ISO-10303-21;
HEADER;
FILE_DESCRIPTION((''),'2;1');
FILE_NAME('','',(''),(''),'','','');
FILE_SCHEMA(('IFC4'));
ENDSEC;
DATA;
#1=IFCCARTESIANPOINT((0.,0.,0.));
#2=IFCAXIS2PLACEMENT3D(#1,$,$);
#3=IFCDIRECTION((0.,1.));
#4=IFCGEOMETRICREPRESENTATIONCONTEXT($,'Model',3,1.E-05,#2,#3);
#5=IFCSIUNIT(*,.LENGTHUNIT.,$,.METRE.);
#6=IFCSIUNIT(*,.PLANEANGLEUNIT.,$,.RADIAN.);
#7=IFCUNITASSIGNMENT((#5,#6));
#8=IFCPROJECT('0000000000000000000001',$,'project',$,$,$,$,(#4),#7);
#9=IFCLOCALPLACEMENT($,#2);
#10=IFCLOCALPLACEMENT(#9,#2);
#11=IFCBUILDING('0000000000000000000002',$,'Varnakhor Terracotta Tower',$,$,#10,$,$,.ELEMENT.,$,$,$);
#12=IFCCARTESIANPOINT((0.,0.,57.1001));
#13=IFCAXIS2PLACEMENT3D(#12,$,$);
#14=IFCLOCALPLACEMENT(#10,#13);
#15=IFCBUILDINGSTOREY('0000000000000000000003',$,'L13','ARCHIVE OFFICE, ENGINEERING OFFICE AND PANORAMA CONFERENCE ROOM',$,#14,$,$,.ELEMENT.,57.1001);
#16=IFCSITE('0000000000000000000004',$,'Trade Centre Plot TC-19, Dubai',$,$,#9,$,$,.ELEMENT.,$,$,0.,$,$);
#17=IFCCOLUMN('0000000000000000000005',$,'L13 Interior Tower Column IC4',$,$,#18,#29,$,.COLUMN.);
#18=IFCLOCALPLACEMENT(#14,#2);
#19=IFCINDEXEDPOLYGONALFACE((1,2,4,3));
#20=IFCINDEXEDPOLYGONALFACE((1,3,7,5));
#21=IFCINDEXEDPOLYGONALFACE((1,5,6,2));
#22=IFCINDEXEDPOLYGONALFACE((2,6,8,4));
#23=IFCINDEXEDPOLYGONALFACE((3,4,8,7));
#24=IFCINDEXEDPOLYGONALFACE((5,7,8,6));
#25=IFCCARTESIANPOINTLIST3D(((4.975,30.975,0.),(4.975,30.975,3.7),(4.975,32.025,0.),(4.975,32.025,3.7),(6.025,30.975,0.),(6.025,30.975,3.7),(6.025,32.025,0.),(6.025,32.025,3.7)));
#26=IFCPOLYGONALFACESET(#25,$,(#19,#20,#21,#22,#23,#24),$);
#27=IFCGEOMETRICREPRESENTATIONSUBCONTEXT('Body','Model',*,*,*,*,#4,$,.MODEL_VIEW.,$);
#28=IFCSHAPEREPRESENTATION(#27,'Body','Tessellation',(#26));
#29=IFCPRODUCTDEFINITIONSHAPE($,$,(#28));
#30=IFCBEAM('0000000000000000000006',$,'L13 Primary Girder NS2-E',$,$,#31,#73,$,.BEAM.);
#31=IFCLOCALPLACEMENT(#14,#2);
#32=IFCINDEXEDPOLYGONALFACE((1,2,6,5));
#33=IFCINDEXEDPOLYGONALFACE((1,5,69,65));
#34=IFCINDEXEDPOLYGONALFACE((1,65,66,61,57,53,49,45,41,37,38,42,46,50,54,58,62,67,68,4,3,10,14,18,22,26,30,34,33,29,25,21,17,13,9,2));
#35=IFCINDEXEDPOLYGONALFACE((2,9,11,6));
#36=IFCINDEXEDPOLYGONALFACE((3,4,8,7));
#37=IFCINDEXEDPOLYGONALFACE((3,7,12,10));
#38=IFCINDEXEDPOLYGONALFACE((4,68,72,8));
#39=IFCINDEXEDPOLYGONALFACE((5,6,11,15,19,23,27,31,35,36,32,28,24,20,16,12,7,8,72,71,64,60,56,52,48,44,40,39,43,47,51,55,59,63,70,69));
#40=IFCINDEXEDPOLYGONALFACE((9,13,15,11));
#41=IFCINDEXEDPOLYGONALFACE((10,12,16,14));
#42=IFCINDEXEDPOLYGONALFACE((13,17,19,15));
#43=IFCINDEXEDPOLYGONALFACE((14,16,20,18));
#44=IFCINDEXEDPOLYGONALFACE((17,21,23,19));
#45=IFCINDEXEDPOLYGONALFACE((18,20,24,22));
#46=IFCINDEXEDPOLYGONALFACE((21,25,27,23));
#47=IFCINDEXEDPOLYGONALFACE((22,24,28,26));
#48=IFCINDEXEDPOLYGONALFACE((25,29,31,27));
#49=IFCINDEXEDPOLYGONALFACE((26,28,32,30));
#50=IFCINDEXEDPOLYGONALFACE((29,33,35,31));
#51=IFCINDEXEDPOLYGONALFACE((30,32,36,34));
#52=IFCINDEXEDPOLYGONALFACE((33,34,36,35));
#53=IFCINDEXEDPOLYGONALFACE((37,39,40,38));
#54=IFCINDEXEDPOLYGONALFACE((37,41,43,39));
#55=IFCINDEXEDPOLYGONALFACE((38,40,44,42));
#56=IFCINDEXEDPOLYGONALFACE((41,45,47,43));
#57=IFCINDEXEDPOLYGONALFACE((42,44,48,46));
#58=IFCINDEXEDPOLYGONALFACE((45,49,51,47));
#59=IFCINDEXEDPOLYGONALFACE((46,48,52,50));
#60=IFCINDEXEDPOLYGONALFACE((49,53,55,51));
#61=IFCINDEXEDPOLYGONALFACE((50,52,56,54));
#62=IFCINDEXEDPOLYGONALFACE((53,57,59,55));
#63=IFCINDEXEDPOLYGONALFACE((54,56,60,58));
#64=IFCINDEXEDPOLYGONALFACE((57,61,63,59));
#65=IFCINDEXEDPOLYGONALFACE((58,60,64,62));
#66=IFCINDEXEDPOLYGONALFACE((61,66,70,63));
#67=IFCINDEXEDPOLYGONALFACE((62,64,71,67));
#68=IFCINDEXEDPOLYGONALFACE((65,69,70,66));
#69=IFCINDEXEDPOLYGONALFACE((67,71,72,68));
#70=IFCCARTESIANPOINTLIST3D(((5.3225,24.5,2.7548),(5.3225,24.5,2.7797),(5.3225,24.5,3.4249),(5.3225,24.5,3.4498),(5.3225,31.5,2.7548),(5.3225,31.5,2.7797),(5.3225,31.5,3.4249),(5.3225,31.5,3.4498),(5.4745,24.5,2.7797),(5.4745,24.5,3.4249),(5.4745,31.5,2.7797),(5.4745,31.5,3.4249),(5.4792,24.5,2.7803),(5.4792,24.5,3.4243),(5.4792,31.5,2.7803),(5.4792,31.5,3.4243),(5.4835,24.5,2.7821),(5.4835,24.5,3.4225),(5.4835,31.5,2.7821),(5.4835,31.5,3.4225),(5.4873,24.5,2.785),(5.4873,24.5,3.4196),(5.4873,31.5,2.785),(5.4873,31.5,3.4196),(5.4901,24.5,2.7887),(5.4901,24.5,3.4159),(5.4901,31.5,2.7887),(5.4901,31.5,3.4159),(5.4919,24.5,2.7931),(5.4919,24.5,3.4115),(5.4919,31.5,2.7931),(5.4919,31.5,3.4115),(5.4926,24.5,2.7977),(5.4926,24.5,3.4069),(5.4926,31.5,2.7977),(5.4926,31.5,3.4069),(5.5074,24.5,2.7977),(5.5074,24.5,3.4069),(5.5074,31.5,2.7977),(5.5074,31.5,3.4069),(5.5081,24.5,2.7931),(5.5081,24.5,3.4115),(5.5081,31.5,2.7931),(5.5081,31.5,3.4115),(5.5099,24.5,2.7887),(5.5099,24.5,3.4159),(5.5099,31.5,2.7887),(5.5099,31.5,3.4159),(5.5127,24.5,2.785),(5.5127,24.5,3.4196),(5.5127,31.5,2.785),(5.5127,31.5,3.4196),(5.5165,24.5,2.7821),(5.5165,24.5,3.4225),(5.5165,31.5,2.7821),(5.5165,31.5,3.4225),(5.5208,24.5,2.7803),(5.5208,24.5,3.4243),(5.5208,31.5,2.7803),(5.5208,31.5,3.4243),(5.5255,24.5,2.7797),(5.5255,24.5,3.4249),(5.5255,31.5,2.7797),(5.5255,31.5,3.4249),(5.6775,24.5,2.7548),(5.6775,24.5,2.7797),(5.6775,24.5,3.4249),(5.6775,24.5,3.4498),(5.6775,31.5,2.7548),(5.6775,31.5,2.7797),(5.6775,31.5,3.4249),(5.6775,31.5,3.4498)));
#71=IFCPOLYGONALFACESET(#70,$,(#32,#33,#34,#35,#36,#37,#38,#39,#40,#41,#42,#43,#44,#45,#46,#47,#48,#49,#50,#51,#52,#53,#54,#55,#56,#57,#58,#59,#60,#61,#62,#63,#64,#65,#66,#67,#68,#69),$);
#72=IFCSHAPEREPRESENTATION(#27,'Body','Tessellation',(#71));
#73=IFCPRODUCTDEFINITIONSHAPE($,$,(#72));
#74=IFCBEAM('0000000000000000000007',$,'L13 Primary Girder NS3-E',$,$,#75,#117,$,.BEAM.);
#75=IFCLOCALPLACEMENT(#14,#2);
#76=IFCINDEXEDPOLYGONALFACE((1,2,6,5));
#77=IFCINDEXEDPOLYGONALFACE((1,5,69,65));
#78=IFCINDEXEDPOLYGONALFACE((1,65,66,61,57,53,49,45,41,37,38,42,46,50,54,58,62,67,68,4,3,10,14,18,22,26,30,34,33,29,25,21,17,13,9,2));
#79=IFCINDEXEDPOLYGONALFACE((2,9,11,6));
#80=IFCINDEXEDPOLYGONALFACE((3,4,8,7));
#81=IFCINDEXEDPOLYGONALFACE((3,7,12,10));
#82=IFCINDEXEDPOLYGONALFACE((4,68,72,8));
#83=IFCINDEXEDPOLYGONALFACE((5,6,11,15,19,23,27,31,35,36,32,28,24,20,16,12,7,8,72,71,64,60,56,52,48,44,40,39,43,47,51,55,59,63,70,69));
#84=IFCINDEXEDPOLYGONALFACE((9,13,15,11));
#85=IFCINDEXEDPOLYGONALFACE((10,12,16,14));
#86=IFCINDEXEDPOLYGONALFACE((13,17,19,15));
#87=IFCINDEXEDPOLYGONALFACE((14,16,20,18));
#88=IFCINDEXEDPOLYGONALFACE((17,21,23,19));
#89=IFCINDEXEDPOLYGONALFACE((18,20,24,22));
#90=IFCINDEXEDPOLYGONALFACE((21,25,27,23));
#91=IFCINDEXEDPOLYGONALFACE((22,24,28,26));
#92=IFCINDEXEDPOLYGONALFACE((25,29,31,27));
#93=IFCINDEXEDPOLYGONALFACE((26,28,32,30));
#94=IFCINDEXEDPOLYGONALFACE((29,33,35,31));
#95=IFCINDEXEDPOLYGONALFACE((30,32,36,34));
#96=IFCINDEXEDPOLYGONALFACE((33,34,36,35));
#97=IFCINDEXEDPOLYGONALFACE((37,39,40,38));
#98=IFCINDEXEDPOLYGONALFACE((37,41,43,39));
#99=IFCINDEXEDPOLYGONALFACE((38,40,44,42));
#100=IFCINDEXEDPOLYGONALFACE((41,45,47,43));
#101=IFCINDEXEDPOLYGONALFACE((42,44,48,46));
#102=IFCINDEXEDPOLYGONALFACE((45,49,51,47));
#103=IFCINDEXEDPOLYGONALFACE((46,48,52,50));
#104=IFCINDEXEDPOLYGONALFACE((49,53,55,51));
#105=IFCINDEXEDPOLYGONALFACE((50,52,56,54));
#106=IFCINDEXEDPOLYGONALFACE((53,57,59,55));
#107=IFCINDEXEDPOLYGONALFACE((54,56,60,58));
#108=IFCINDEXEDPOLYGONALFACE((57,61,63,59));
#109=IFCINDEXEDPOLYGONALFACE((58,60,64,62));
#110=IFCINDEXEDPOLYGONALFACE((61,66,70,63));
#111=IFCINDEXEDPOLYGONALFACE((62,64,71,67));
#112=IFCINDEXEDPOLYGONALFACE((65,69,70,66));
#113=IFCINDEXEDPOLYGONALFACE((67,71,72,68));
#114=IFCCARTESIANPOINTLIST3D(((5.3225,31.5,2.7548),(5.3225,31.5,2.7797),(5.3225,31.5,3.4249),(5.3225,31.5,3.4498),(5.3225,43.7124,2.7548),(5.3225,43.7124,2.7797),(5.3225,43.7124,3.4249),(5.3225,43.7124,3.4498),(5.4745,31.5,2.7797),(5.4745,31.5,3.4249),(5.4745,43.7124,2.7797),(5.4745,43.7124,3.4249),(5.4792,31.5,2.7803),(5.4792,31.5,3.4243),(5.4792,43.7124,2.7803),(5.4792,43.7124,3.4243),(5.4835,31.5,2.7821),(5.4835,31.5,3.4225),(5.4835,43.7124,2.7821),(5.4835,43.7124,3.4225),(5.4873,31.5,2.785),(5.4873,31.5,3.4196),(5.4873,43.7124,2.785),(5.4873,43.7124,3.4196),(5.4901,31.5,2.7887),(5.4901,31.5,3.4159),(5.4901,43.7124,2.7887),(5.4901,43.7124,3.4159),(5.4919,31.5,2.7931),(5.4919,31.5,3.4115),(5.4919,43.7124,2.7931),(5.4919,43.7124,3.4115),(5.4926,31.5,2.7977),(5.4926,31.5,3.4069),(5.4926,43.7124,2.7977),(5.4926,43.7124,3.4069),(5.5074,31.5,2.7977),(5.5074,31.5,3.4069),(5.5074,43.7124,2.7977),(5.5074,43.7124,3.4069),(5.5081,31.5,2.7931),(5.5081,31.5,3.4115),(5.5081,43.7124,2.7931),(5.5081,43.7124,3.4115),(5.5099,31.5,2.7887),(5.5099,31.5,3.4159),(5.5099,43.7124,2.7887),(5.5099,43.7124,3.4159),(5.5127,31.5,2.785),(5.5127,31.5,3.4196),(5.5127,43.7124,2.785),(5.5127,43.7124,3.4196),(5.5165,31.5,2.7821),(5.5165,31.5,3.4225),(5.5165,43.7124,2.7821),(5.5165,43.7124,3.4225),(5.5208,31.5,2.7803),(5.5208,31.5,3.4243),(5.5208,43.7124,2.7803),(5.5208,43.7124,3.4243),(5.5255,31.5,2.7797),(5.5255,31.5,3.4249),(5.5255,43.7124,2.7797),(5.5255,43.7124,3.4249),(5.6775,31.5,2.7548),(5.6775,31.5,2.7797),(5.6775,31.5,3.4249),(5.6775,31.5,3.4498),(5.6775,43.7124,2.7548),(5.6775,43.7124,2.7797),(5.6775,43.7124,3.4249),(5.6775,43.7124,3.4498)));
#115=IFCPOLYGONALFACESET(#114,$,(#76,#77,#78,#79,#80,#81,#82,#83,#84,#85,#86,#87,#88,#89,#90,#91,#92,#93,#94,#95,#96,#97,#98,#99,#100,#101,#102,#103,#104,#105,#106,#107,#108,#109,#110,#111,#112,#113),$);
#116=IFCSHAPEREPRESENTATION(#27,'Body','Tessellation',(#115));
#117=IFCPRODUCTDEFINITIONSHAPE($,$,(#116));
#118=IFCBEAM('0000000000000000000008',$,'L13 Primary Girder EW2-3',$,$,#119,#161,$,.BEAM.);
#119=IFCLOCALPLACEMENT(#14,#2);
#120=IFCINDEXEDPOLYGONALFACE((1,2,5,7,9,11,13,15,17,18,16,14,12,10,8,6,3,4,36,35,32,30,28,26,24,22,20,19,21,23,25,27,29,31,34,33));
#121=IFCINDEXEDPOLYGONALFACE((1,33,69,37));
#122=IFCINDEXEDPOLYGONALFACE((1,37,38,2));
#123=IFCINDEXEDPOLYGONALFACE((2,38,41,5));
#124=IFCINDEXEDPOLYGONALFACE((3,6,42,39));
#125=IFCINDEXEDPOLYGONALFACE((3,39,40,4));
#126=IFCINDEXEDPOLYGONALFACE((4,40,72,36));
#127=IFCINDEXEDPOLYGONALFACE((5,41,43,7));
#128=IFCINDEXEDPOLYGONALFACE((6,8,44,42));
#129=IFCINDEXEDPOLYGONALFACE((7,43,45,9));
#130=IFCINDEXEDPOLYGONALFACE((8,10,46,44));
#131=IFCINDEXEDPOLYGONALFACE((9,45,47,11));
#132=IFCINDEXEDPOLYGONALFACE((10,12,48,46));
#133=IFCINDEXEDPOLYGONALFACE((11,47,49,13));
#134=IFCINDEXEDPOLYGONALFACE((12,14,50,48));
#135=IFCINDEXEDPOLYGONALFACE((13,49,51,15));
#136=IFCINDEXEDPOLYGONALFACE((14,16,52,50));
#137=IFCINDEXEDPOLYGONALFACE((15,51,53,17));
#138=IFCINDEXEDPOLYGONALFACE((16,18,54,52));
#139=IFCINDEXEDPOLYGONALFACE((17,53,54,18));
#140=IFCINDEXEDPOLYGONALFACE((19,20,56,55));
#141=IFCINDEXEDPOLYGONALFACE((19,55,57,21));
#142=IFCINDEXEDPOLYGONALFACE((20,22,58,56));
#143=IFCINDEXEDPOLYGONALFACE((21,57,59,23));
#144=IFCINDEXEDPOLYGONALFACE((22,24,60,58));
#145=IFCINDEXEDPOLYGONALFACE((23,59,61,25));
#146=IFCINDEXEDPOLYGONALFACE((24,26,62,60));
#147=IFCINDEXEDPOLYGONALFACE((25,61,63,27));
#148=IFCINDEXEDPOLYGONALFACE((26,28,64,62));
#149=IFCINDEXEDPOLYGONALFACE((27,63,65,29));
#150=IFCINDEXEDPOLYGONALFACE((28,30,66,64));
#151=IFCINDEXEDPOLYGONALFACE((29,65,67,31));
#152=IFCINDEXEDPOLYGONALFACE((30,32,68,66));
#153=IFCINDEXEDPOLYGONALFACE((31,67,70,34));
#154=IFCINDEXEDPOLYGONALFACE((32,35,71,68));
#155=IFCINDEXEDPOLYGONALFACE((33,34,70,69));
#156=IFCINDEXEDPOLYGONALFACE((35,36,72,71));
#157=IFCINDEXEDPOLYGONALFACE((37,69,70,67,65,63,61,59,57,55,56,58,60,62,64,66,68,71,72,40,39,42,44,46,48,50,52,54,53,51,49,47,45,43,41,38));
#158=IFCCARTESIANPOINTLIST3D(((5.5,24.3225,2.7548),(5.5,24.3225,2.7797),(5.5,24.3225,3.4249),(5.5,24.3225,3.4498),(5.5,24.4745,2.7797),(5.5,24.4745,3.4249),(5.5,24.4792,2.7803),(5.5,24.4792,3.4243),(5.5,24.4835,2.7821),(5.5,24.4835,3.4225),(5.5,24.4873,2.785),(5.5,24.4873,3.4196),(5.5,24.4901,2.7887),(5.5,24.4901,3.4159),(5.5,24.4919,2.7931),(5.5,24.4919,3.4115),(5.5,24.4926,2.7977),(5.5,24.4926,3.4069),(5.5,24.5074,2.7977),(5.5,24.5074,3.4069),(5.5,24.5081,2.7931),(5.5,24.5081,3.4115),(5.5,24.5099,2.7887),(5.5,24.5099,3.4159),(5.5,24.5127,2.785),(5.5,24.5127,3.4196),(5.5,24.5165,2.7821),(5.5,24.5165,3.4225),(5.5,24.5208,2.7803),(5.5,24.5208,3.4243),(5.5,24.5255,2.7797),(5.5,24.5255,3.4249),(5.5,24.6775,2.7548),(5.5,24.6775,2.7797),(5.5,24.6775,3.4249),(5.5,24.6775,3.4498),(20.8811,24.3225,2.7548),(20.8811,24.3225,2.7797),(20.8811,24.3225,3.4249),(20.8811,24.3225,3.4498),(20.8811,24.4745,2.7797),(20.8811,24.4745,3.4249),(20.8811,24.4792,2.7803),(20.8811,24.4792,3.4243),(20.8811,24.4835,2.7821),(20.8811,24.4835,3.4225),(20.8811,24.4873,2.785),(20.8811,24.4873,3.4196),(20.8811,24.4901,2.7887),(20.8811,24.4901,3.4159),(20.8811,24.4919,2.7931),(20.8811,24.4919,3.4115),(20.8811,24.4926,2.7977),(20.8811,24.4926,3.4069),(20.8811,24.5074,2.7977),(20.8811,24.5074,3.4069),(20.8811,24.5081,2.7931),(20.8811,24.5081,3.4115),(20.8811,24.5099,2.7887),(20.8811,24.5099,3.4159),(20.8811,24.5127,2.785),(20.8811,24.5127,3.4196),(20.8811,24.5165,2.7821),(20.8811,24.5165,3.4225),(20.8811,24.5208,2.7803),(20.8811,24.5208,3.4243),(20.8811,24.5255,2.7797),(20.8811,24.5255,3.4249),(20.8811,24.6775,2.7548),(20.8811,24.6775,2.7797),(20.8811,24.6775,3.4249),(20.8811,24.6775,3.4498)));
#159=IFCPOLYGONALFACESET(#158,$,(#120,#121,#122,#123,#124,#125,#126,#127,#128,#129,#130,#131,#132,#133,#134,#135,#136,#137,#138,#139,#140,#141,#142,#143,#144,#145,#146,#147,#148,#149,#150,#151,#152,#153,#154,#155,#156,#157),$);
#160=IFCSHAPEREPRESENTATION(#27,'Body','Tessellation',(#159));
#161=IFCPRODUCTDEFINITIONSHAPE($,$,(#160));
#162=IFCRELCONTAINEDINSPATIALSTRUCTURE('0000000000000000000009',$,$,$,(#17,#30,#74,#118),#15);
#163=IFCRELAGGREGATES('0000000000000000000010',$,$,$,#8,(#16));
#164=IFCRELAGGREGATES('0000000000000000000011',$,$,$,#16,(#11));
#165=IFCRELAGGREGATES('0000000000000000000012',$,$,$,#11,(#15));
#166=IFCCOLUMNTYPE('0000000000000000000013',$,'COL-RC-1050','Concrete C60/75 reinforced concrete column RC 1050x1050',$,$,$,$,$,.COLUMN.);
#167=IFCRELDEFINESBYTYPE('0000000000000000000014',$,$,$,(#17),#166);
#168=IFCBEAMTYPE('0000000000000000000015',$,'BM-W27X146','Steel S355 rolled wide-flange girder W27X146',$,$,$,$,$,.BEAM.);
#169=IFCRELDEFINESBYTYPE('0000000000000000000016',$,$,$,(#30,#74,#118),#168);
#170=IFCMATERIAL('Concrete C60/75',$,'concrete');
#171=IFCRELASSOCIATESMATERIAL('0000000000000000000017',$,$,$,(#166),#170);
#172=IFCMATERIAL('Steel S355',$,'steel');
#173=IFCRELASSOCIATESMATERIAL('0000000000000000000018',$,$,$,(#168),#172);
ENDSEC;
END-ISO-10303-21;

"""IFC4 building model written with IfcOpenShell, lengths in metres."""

from ifc_helpers import new_model, si_unit, direction, frame, origin, origin_2d, place, context, subcontext, project, spatial, rectangle, i_section, extrude, source, transform, mapped, material, material_profile, profile_set, type_object, element, save


model = new_model("IFC4")

# Units and contexts
model_context = context("Model", 3, precision=1e-05, world=origin(), true_north=direction((0.0, 1.0)))
body_context = subcontext(model_context, "Body", "Model", "MODEL_VIEW")
ifc_project = project(units=[si_unit("LENGTHUNIT", "METRE"), si_unit("PLANEANGLEUNIT", "RADIAN")], contexts=[model_context])

# Site, building, storey
site_placement = place(None, origin())
site = spatial("IfcSite", under=ifc_project, at=site_placement, Name="Trade Centre Plot TC-19, Dubai", CompositionType="ELEMENT", RefElevation=0.0)
building_placement = place(site_placement, origin())
building = spatial("IfcBuilding", under=site, at=building_placement, Name="Varnakhor Terracotta Tower", CompositionType="ELEMENT")
storey_placement = place(building_placement, frame((0.0, 0.0, 57.1001)))
storey = spatial("IfcBuildingStorey", under=building, at=storey_placement, Name="L13", Description="ARCHIVE OFFICE, ENGINEERING OFFICE AND PANORAMA CONFERENCE ROOM", CompositionType="ELEMENT", Elevation=57.1001)

# Column
ifc_material_1 = material(Name="Concrete C60/75", Category="concrete")
ifc_material_profile_1 = material_profile(ifc_material_1, rectangle(XDim=1.05, YDim=1.05, at=origin_2d()), Name="RC 1050x1050")
ifc_profile_set_1 = profile_set([ifc_material_profile_1], Name="Concrete C60/75")
column_type = type_object("IfcColumnType", Name="COL-RC-1050", Description="Concrete C60/75 reinforced concrete column RC 1050x1050", PredefinedType="COLUMN", material=ifc_profile_set_1)
shared_shape_1 = source(origin(), body_context, "Body", "SweptSolid", [
    extrude(rectangle(XDim=1.05, YDim=1.05, at=origin_2d()), origin(), (0.0, 0.0, 1.0), 3.7),
])
column_placement = place(storey_placement, frame((5.5, 31.5, 0.0), z_axis=(0.0, 0.0, 1.0), x_axis=(1.0, 0.0, 0.0)))
element("IfcColumn", 1, at=column_placement, inside=storey, type_object=column_type, Name="L13 Interior Tower Column IC4", PredefinedType="COLUMN", context=body_context, shape_type="MappedRepresentation", body=[
    mapped(shared_shape_1, transform((0.0, 0.0, 0.0), scale=1.0)),
])

# Beams
ifc_material_2 = material(Name="Steel S355", Category="steel")
ifc_material_profile_2 = material_profile(ifc_material_2, i_section(OverallWidth=0.355, OverallDepth=0.6951, WebThickness=0.0149, FlangeThickness=0.0249, FilletRadius=0.0181, at=origin_2d()), Name="W27X146")
ifc_profile_set_2 = profile_set([ifc_material_profile_2], Name="Steel S355")
beam_type_1 = type_object("IfcBeamType", Name="BM-W27X146", Description="Steel S355 rolled wide-flange girder W27X146", PredefinedType="BEAM", material=ifc_profile_set_2)
shared_shape_2 = source(origin(), body_context, "Body", "SweptSolid", [
    extrude(i_section(OverallWidth=0.355, OverallDepth=0.6951, WebThickness=0.0149, FlangeThickness=0.0249, FilletRadius=0.0181, at=origin_2d()), origin(), (0.0, 0.0, 1.0), 7.0),
])
beam_1_placement = place(storey_placement, frame((5.5, 24.5, 3.1023), z_axis=(0.0, 1.0, 0.0), x_axis=(-1.0, 0.0, 0.0)))
element("IfcBeam", 2, at=beam_1_placement, inside=storey, type_object=beam_type_1, Name="L13 Primary Girder NS2-E", PredefinedType="BEAM", context=body_context, shape_type="MappedRepresentation", body=[
    mapped(shared_shape_2, transform((0.0, 0.0, 0.0), scale=1.0)),
])
shared_shape_3 = source(origin(), body_context, "Body", "SweptSolid", [
    extrude(i_section(OverallWidth=0.355, OverallDepth=0.6951, WebThickness=0.0149, FlangeThickness=0.0249, FilletRadius=0.0181, at=origin_2d()), origin(), (0.0, 0.0, 1.0), 12.2124),
])
beam_2_placement = place(storey_placement, frame((5.5, 31.5, 3.1023), z_axis=(0.0, 1.0, 0.0), x_axis=(-1.0, 0.0, 0.0)))
element("IfcBeam", 3, at=beam_2_placement, inside=storey, type_object=beam_type_1, Name="L13 Primary Girder NS3-E", PredefinedType="BEAM", context=body_context, shape_type="MappedRepresentation", body=[
    mapped(shared_shape_3, transform((0.0, 0.0, 0.0), scale=1.0)),
])
shared_shape_4 = source(origin(), body_context, "Body", "SweptSolid", [
    extrude(i_section(OverallWidth=0.355, OverallDepth=0.6951, WebThickness=0.0149, FlangeThickness=0.0249, FilletRadius=0.0181, at=origin_2d()), origin(), (0.0, 0.0, 1.0), 15.3811),
])
beam_3_placement = place(storey_placement, frame((5.5, 24.5, 3.1023), z_axis=(1.0, 0.0, 0.0), x_axis=(0.0, 1.0, 0.0)))
element("IfcBeam", 4, at=beam_3_placement, inside=storey, type_object=beam_type_1, Name="L13 Primary Girder EW2-3", PredefinedType="BEAM", context=body_context, shape_type="MappedRepresentation", body=[
    mapped(shared_shape_4, transform((0.0, 0.0, 0.0), scale=1.0)),
])

save(model, "model.ifc")
